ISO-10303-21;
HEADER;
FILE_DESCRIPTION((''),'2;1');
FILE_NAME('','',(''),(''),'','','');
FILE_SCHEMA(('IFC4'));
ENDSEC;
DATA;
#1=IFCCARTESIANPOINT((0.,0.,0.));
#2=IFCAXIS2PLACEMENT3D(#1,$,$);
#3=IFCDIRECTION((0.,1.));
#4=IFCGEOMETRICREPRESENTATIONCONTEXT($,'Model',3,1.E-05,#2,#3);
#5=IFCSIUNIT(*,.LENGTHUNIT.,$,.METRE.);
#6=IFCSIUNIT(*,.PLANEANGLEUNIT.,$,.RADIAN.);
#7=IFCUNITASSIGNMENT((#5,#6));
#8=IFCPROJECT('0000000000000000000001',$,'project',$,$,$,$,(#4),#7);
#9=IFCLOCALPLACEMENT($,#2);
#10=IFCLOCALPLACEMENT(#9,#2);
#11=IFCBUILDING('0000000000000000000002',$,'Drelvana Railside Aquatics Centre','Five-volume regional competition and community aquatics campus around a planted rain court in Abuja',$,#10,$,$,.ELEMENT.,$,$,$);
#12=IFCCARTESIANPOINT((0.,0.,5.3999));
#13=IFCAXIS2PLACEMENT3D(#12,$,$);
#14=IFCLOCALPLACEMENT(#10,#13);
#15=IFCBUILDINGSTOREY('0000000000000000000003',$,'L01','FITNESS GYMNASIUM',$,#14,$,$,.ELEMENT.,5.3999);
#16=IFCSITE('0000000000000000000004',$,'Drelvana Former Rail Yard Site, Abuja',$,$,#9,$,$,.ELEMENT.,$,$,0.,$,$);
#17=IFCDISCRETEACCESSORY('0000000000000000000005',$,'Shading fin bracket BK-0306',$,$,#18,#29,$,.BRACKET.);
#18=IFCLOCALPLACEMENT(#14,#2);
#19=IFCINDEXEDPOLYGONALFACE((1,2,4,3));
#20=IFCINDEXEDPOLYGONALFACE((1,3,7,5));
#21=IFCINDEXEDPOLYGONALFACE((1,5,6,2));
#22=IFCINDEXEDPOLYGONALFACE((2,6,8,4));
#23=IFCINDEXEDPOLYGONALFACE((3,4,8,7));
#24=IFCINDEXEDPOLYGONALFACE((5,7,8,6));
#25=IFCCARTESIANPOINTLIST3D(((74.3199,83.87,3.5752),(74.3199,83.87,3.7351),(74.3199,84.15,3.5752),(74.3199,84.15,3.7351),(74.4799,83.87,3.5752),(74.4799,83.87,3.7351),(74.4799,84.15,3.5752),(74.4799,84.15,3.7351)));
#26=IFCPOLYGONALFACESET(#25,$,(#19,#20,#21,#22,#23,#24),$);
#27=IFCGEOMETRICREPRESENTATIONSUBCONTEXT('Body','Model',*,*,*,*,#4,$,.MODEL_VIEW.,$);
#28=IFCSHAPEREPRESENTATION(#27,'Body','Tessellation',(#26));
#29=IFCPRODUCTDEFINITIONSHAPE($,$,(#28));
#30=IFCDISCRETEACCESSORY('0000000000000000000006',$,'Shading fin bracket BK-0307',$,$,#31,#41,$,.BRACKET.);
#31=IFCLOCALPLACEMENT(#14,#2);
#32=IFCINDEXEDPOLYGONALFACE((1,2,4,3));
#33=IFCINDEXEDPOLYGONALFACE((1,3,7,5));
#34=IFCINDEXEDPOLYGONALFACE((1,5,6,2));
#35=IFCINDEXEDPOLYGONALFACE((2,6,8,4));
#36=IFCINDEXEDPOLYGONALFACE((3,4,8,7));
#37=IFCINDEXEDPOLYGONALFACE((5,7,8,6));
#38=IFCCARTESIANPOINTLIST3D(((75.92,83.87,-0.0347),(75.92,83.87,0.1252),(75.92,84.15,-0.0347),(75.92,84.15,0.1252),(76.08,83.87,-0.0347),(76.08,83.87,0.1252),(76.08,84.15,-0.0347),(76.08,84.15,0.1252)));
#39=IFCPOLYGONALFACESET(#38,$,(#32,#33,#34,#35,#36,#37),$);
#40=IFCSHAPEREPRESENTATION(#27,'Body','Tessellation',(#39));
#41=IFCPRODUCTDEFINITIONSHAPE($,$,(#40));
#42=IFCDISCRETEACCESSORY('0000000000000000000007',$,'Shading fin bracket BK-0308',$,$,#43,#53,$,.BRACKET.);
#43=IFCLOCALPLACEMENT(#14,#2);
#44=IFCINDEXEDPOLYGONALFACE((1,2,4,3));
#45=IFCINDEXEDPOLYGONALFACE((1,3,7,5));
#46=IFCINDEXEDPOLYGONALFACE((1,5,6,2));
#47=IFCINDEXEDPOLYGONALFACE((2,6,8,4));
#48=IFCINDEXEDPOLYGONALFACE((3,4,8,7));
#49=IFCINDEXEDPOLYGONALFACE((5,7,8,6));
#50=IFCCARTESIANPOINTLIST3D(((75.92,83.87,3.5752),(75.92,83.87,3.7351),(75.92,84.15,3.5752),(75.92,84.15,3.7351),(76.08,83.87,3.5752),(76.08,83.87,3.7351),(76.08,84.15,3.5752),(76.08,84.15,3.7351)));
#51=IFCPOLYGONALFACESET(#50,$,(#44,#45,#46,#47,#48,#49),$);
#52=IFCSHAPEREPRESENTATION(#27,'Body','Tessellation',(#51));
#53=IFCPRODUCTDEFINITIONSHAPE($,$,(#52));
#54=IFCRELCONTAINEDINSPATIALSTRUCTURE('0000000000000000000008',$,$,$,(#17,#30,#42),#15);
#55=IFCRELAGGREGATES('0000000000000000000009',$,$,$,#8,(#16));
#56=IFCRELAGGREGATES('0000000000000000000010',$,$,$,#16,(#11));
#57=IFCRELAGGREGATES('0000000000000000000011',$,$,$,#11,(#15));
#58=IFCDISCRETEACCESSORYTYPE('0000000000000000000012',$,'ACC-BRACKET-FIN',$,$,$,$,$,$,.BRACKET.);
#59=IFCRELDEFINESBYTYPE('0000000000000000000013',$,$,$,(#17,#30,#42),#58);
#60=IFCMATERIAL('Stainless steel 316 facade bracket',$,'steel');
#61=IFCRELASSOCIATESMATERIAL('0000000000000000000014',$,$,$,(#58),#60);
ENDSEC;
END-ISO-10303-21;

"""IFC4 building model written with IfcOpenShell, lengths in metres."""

from ifc_helpers import new_model, si_unit, direction, frame, origin, origin_2d, place, context, subcontext, project, spatial, rectangle, extrude, material, type_object, element, save


model = new_model("IFC4")

# Units and contexts
model_context = context("Model", 3, precision=1e-05, world=origin(), true_north=direction((0.0, 1.0)))
body_context = subcontext(model_context, "Body", "Model", "MODEL_VIEW")
ifc_project = project(units=[si_unit("LENGTHUNIT", "METRE"), si_unit("PLANEANGLEUNIT", "RADIAN")], contexts=[model_context])

# Site, building, storey
site_placement = place(None, origin())
site = spatial("IfcSite", under=ifc_project, at=site_placement, Name="Drelvana Former Rail Yard Site, Abuja", CompositionType="ELEMENT", RefElevation=0.0)
building_placement = place(site_placement, origin())
building = spatial("IfcBuilding", under=site, at=building_placement, Name="Drelvana Railside Aquatics Centre", Description="Five-volume regional competition and community aquatics campus around a planted rain court in Abuja", CompositionType="ELEMENT")
storey_placement = place(building_placement, frame((0.0, 0.0, 5.3999)))
storey = spatial("IfcBuildingStorey", under=building, at=storey_placement, Name="L01", Description="FITNESS GYMNASIUM", CompositionType="ELEMENT", Elevation=5.3999)

# Discrete accessories
ifc_material_1 = material(Name="Stainless steel 316 facade bracket", Category="steel")
discrete_accessory_type = type_object("IfcDiscreteAccessoryType", Name="ACC-BRACKET-FIN", PredefinedType="BRACKET", material=ifc_material_1)
for number, where, z_axis, x_axis, name in (
    (1, (74.3999, 84.01, 3.5752), (0.0, 0.0, 1.0), (0.0, 1.0, 0.0), "Shading fin bracket BK-0306"),
    (2, (76.0, 84.01, -0.0347), (0.0, 0.0, 1.0), (0.0, 1.0, 0.0), "Shading fin bracket BK-0307"),
    (3, (76.0, 84.01, 3.5752), (0.0, 0.0, 1.0), (0.0, 1.0, 0.0), "Shading fin bracket BK-0308"),
):
    element("IfcDiscreteAccessory", number, at=place(storey_placement, frame(where, z_axis=z_axis, x_axis=x_axis)), inside=storey, type_object=discrete_accessory_type, Name=name, PredefinedType="BRACKET", context=body_context, shape_type="SweptSolid", body=[
        extrude(rectangle(XDim=0.28, YDim=0.1599, at=origin_2d()), origin(), (0.0, 0.0, 1.0), 0.1599),
    ])

save(model, "model.ifc")
